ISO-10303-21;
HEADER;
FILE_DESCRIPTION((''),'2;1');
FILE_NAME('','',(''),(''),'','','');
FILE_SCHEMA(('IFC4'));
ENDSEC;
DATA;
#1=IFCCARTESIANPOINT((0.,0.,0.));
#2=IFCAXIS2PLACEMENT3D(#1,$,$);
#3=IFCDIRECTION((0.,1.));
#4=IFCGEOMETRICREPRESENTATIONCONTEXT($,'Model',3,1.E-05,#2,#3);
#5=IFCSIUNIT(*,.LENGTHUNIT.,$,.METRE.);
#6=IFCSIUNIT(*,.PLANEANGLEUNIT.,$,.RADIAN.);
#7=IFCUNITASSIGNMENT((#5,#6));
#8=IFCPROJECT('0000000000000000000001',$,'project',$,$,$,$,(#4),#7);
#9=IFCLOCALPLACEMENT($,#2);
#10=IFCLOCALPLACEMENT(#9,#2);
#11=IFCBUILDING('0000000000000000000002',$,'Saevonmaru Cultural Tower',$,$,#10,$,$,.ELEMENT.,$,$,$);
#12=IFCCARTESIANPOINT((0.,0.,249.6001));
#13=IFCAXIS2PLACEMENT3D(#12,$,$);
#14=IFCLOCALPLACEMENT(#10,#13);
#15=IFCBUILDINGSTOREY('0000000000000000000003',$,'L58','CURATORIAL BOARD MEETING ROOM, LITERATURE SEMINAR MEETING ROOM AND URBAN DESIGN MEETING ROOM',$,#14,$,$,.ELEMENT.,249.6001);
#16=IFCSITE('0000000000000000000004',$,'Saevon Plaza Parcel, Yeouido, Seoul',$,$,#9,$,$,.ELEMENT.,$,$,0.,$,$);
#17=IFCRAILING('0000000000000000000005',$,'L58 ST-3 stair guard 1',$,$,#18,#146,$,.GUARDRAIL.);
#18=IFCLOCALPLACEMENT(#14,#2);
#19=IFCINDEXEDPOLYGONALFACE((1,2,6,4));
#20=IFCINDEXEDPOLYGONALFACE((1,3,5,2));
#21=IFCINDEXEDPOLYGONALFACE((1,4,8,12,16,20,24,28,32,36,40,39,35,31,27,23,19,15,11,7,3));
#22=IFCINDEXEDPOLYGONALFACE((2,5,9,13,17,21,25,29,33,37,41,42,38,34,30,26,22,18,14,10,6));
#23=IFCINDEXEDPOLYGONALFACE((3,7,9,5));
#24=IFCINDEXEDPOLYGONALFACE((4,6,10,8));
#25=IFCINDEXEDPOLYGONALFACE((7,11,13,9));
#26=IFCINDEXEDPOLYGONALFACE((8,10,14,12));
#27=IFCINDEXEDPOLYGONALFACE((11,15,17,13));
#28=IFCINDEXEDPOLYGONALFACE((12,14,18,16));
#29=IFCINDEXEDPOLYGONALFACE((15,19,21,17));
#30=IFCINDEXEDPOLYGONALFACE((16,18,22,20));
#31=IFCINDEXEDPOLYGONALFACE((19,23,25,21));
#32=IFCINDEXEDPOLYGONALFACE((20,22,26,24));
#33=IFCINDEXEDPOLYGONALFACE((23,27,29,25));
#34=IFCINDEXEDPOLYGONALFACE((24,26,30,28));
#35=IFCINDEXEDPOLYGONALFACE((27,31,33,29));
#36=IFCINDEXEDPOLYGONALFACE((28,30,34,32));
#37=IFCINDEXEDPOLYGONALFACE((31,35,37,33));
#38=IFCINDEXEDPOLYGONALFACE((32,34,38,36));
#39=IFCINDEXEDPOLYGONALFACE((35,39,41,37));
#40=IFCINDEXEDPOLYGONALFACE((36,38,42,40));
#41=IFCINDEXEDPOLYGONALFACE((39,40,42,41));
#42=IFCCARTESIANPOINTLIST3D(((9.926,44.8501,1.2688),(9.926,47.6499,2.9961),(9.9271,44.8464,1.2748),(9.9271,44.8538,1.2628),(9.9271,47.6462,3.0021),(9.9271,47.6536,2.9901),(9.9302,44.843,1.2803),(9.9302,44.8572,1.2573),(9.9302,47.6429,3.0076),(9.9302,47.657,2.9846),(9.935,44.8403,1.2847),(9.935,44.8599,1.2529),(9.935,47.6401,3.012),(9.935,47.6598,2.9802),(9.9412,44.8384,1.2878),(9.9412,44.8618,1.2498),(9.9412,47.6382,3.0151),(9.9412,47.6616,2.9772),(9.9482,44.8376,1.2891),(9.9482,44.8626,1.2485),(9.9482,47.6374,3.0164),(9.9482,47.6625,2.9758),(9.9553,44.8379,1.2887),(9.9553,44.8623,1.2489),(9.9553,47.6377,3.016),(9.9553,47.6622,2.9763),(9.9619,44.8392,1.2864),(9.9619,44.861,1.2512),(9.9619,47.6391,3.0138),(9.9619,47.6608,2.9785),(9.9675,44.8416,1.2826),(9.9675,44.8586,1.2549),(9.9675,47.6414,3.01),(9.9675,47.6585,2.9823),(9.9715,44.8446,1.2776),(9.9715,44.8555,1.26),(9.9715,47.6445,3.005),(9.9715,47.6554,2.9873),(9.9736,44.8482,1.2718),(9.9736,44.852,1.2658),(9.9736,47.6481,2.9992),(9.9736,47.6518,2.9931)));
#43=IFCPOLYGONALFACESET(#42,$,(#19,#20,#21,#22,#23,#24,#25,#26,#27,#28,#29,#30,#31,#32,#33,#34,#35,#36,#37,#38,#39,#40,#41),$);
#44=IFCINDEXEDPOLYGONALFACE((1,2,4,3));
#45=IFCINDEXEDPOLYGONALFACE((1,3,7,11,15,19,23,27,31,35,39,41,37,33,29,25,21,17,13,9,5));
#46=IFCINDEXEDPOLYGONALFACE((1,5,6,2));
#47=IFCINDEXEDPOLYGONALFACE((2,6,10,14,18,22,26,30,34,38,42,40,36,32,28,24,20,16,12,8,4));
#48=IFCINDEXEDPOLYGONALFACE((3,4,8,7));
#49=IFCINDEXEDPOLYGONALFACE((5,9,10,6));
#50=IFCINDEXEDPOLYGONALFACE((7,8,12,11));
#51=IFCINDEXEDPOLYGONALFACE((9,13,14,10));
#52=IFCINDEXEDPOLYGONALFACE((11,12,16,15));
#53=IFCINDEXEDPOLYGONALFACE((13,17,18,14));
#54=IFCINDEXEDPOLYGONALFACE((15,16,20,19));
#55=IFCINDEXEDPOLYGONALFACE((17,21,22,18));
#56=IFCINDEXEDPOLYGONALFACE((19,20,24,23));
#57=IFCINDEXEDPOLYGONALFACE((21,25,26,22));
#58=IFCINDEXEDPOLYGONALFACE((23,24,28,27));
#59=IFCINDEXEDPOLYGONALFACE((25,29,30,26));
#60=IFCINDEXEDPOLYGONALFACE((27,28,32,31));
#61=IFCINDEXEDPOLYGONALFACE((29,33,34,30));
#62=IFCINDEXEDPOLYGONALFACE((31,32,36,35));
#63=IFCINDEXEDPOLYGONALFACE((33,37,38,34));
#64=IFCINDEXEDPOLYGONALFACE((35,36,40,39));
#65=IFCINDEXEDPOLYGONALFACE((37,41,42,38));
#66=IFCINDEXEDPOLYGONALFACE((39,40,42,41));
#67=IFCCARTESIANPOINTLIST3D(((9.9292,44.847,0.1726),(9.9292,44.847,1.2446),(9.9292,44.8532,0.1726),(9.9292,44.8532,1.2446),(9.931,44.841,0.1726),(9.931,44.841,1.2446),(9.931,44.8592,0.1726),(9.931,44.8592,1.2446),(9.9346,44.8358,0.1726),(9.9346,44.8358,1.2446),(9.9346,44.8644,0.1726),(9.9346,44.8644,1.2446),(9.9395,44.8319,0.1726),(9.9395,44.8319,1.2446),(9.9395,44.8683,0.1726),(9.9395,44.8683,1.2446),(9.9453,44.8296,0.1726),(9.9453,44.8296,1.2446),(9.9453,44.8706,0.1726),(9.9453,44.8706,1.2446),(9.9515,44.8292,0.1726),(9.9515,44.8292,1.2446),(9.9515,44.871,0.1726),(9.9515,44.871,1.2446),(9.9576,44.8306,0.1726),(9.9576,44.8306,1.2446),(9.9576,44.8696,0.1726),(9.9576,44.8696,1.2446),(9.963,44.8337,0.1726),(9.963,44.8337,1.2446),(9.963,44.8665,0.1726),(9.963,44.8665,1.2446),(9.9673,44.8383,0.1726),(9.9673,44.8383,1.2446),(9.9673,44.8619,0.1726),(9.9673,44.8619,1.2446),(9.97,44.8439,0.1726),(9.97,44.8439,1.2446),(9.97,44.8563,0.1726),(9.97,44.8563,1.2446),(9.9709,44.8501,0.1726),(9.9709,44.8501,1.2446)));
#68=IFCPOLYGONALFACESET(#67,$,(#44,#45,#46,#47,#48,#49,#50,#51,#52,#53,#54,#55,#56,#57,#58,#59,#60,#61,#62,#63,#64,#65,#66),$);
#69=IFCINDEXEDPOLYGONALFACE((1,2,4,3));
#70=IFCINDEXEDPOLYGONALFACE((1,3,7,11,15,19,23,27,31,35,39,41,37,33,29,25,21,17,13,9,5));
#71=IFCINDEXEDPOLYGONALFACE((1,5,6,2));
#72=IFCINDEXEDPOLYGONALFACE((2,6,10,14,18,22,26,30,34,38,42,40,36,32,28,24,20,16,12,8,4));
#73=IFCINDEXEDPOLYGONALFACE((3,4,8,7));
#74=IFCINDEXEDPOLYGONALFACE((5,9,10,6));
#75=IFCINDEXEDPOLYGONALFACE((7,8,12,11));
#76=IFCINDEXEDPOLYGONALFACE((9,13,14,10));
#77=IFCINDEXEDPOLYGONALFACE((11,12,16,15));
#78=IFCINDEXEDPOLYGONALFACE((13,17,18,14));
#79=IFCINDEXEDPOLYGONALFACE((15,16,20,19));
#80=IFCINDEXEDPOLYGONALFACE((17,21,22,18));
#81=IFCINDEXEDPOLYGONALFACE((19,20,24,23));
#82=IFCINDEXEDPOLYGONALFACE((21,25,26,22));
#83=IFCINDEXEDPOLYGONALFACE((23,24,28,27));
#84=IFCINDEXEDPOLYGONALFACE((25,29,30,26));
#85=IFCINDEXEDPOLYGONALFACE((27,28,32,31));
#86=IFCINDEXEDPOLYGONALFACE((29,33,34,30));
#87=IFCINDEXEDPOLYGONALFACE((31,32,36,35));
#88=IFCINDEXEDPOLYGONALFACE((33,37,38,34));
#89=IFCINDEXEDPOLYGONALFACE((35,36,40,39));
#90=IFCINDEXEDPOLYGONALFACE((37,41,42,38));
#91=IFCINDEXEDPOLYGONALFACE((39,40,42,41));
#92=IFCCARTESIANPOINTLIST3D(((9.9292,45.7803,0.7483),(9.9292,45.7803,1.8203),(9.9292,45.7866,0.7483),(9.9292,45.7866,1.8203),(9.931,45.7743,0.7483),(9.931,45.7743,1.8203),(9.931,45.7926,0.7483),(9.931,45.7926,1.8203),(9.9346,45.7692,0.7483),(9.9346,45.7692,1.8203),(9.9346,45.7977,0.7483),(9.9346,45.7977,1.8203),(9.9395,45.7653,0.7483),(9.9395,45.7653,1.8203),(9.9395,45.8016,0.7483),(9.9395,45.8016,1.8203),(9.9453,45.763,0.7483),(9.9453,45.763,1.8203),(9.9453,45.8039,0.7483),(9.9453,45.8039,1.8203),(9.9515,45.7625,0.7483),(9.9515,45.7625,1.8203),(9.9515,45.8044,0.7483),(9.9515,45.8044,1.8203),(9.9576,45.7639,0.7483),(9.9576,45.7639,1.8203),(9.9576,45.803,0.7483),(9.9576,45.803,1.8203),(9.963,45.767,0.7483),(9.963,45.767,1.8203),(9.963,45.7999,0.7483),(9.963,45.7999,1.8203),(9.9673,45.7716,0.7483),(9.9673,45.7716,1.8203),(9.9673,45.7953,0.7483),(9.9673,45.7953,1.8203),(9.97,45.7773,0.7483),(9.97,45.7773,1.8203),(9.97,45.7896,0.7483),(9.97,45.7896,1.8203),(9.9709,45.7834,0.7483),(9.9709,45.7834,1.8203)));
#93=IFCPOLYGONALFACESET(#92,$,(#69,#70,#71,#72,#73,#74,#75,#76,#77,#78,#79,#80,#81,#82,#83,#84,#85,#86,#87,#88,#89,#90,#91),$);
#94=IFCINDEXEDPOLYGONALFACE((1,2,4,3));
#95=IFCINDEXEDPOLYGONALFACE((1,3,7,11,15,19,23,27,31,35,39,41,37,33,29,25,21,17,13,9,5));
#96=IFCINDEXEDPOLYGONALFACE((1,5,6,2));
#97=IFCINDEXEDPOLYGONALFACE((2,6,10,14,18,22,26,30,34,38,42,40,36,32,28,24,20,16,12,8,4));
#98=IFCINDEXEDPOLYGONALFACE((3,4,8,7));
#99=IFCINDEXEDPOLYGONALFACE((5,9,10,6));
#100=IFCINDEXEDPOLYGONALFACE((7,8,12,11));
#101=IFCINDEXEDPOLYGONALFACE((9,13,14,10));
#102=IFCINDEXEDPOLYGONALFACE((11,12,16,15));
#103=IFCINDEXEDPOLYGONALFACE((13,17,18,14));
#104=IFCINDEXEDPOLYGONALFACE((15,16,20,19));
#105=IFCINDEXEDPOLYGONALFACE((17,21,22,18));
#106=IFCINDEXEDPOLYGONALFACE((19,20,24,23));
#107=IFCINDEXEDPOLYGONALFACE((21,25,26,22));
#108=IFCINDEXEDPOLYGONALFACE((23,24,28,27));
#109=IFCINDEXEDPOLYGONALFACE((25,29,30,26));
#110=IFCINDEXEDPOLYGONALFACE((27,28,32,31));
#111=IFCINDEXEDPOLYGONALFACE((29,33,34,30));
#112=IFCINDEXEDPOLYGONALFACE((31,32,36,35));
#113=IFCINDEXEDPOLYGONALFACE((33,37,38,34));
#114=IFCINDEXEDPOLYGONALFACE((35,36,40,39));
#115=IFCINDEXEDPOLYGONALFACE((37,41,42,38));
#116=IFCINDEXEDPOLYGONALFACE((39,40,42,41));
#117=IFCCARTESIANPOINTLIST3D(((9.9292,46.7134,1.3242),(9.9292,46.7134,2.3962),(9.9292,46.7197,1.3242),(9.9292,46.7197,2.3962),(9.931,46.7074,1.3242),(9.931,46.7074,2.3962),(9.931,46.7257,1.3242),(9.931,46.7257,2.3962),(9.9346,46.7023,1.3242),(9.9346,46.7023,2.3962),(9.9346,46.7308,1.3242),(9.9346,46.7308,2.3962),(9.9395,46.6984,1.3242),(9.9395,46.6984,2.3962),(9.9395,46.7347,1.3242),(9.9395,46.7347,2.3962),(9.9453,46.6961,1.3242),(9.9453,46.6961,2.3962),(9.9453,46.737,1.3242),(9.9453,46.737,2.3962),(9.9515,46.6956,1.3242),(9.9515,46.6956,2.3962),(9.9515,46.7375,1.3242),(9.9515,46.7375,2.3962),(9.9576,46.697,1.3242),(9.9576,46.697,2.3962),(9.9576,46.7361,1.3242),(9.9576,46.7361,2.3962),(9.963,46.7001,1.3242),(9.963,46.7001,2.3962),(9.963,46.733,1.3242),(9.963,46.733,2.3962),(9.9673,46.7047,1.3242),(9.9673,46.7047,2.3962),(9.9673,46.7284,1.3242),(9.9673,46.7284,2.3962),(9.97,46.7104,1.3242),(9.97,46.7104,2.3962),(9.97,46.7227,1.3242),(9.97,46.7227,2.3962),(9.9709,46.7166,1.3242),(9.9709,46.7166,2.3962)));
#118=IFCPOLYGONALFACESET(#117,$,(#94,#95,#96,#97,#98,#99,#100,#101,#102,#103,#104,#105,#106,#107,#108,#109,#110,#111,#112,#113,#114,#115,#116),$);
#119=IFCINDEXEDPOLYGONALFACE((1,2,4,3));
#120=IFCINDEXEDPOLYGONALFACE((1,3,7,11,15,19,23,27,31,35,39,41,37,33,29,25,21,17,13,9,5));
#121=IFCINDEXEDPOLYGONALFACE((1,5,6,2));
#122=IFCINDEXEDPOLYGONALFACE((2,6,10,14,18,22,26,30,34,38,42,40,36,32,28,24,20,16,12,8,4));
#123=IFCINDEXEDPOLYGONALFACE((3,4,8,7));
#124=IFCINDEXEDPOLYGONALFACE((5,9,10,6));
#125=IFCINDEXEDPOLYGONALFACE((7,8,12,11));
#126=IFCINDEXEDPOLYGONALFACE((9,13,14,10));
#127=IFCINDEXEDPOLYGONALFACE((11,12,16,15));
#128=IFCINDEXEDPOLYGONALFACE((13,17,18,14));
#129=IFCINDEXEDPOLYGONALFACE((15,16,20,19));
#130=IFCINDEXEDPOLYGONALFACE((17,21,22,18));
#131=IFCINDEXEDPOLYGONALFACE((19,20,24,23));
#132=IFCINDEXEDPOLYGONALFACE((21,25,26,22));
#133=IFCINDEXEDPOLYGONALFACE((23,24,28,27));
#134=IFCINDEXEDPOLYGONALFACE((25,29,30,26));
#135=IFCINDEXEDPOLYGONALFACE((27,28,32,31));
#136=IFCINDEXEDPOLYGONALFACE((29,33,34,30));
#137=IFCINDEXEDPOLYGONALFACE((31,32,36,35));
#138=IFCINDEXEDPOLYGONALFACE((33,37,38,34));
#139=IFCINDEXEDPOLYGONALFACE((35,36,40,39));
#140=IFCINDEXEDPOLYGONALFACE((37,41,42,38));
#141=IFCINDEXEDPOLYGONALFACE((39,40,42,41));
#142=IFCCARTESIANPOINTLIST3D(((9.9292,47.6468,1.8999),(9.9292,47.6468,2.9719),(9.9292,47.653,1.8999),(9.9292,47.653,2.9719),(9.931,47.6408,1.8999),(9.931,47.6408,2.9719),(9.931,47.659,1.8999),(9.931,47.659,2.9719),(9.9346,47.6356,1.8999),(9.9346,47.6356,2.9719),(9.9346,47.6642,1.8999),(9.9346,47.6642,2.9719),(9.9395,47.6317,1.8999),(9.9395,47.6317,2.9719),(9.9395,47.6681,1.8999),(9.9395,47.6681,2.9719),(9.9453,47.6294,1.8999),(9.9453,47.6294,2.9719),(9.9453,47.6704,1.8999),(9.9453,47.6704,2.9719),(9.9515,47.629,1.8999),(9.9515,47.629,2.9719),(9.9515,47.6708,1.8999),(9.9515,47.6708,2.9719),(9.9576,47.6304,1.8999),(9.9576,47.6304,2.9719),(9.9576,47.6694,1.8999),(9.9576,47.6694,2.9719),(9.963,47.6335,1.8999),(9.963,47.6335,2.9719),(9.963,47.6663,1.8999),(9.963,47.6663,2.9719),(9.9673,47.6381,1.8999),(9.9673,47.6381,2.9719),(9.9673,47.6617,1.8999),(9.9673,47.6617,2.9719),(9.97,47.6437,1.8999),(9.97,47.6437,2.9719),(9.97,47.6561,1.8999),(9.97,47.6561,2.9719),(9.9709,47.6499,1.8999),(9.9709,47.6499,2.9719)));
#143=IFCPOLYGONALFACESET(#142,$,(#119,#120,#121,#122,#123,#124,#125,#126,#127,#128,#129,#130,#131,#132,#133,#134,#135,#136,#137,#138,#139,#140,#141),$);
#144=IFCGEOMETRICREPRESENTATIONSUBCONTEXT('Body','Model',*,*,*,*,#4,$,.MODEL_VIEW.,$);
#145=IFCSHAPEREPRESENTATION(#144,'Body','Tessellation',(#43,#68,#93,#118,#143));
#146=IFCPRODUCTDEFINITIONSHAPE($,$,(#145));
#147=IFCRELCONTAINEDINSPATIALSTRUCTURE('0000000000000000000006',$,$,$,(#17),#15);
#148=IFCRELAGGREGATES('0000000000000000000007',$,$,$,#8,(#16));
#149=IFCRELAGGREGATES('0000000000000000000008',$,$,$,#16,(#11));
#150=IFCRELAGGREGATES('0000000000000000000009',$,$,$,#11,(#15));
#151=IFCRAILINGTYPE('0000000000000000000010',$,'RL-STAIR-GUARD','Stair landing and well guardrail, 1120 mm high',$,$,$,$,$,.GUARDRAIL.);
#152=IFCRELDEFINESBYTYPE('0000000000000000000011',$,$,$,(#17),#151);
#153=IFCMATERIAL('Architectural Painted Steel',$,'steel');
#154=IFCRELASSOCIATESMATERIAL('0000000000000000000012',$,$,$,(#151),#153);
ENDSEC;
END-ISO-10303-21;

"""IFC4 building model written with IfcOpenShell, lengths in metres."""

from ifc_helpers import new_model, si_unit, direction, frame, origin, origin_2d, place, context, subcontext, project, spatial, circle, extrude, material, type_object, element, save


model = new_model("IFC4")

# Units and contexts
model_context = context("Model", 3, precision=1e-05, world=origin(), true_north=direction((0.0, 1.0)))
body_context = subcontext(model_context, "Body", "Model", "MODEL_VIEW")
ifc_project = project(units=[si_unit("LENGTHUNIT", "METRE"), si_unit("PLANEANGLEUNIT", "RADIAN")], contexts=[model_context])

# Site, building, storey
site_placement = place(None, origin())
site = spatial("IfcSite", under=ifc_project, at=site_placement, Name="Saevon Plaza Parcel, Yeouido, Seoul", CompositionType="ELEMENT", RefElevation=0.0)
building_placement = place(site_placement, origin())
building = spatial("IfcBuilding", under=site, at=building_placement, Name="Saevonmaru Cultural Tower", CompositionType="ELEMENT")
storey_placement = place(building_placement, frame((0.0, 0.0, 249.6001)))
storey = spatial("IfcBuildingStorey", under=building, at=storey_placement, Name="L58", Description="CURATORIAL BOARD MEETING ROOM, LITERATURE SEMINAR MEETING ROOM AND URBAN DESIGN MEETING ROOM", CompositionType="ELEMENT", Elevation=249.6001)

# Railing
ifc_material_1 = material(Name="Architectural Painted Steel", Category="steel")
railing_type_1 = type_object("IfcRailingType", Name="RL-STAIR-GUARD", Description="Stair landing and well guardrail, 1120 mm high", PredefinedType="GUARDRAIL", material=ifc_material_1)
railing_1_placement = place(storey_placement, frame((9.95, 44.8501, 0.1726)))
element("IfcRailing", 1, at=railing_1_placement, inside=storey, type_object=railing_type_1, Name="L58 ST-3 stair guard 1", PredefinedType="GUARDRAIL", context=body_context, shape_type="SweptSolid", body=[
    extrude(circle(Radius=0.0239, at=origin_2d()), frame((0.0, 0.0, 1.0962), z_axis=(0.0, 0.851069, 0.525054), x_axis=(-1.0, 0.0, 0.0)), (0.0, 0.0, 1.0), 3.2898),
    extrude(circle(Radius=0.021, at=origin_2d()), origin(), (0.0, 0.0, 1.0), 1.072),
    extrude(circle(Radius=0.021, at=origin_2d()), frame((0.0, 0.9333, 0.5757)), (0.0, 0.0, 1.0), 1.072),
    extrude(circle(Radius=0.021, at=origin_2d()), frame((0.0, 1.8665, 1.1516)), (0.0, 0.0, 1.0), 1.072),
    extrude(circle(Radius=0.021, at=origin_2d()), frame((0.0, 2.7998, 1.7273)), (0.0, 0.0, 1.0), 1.072),
])

save(model, "model.ifc")
